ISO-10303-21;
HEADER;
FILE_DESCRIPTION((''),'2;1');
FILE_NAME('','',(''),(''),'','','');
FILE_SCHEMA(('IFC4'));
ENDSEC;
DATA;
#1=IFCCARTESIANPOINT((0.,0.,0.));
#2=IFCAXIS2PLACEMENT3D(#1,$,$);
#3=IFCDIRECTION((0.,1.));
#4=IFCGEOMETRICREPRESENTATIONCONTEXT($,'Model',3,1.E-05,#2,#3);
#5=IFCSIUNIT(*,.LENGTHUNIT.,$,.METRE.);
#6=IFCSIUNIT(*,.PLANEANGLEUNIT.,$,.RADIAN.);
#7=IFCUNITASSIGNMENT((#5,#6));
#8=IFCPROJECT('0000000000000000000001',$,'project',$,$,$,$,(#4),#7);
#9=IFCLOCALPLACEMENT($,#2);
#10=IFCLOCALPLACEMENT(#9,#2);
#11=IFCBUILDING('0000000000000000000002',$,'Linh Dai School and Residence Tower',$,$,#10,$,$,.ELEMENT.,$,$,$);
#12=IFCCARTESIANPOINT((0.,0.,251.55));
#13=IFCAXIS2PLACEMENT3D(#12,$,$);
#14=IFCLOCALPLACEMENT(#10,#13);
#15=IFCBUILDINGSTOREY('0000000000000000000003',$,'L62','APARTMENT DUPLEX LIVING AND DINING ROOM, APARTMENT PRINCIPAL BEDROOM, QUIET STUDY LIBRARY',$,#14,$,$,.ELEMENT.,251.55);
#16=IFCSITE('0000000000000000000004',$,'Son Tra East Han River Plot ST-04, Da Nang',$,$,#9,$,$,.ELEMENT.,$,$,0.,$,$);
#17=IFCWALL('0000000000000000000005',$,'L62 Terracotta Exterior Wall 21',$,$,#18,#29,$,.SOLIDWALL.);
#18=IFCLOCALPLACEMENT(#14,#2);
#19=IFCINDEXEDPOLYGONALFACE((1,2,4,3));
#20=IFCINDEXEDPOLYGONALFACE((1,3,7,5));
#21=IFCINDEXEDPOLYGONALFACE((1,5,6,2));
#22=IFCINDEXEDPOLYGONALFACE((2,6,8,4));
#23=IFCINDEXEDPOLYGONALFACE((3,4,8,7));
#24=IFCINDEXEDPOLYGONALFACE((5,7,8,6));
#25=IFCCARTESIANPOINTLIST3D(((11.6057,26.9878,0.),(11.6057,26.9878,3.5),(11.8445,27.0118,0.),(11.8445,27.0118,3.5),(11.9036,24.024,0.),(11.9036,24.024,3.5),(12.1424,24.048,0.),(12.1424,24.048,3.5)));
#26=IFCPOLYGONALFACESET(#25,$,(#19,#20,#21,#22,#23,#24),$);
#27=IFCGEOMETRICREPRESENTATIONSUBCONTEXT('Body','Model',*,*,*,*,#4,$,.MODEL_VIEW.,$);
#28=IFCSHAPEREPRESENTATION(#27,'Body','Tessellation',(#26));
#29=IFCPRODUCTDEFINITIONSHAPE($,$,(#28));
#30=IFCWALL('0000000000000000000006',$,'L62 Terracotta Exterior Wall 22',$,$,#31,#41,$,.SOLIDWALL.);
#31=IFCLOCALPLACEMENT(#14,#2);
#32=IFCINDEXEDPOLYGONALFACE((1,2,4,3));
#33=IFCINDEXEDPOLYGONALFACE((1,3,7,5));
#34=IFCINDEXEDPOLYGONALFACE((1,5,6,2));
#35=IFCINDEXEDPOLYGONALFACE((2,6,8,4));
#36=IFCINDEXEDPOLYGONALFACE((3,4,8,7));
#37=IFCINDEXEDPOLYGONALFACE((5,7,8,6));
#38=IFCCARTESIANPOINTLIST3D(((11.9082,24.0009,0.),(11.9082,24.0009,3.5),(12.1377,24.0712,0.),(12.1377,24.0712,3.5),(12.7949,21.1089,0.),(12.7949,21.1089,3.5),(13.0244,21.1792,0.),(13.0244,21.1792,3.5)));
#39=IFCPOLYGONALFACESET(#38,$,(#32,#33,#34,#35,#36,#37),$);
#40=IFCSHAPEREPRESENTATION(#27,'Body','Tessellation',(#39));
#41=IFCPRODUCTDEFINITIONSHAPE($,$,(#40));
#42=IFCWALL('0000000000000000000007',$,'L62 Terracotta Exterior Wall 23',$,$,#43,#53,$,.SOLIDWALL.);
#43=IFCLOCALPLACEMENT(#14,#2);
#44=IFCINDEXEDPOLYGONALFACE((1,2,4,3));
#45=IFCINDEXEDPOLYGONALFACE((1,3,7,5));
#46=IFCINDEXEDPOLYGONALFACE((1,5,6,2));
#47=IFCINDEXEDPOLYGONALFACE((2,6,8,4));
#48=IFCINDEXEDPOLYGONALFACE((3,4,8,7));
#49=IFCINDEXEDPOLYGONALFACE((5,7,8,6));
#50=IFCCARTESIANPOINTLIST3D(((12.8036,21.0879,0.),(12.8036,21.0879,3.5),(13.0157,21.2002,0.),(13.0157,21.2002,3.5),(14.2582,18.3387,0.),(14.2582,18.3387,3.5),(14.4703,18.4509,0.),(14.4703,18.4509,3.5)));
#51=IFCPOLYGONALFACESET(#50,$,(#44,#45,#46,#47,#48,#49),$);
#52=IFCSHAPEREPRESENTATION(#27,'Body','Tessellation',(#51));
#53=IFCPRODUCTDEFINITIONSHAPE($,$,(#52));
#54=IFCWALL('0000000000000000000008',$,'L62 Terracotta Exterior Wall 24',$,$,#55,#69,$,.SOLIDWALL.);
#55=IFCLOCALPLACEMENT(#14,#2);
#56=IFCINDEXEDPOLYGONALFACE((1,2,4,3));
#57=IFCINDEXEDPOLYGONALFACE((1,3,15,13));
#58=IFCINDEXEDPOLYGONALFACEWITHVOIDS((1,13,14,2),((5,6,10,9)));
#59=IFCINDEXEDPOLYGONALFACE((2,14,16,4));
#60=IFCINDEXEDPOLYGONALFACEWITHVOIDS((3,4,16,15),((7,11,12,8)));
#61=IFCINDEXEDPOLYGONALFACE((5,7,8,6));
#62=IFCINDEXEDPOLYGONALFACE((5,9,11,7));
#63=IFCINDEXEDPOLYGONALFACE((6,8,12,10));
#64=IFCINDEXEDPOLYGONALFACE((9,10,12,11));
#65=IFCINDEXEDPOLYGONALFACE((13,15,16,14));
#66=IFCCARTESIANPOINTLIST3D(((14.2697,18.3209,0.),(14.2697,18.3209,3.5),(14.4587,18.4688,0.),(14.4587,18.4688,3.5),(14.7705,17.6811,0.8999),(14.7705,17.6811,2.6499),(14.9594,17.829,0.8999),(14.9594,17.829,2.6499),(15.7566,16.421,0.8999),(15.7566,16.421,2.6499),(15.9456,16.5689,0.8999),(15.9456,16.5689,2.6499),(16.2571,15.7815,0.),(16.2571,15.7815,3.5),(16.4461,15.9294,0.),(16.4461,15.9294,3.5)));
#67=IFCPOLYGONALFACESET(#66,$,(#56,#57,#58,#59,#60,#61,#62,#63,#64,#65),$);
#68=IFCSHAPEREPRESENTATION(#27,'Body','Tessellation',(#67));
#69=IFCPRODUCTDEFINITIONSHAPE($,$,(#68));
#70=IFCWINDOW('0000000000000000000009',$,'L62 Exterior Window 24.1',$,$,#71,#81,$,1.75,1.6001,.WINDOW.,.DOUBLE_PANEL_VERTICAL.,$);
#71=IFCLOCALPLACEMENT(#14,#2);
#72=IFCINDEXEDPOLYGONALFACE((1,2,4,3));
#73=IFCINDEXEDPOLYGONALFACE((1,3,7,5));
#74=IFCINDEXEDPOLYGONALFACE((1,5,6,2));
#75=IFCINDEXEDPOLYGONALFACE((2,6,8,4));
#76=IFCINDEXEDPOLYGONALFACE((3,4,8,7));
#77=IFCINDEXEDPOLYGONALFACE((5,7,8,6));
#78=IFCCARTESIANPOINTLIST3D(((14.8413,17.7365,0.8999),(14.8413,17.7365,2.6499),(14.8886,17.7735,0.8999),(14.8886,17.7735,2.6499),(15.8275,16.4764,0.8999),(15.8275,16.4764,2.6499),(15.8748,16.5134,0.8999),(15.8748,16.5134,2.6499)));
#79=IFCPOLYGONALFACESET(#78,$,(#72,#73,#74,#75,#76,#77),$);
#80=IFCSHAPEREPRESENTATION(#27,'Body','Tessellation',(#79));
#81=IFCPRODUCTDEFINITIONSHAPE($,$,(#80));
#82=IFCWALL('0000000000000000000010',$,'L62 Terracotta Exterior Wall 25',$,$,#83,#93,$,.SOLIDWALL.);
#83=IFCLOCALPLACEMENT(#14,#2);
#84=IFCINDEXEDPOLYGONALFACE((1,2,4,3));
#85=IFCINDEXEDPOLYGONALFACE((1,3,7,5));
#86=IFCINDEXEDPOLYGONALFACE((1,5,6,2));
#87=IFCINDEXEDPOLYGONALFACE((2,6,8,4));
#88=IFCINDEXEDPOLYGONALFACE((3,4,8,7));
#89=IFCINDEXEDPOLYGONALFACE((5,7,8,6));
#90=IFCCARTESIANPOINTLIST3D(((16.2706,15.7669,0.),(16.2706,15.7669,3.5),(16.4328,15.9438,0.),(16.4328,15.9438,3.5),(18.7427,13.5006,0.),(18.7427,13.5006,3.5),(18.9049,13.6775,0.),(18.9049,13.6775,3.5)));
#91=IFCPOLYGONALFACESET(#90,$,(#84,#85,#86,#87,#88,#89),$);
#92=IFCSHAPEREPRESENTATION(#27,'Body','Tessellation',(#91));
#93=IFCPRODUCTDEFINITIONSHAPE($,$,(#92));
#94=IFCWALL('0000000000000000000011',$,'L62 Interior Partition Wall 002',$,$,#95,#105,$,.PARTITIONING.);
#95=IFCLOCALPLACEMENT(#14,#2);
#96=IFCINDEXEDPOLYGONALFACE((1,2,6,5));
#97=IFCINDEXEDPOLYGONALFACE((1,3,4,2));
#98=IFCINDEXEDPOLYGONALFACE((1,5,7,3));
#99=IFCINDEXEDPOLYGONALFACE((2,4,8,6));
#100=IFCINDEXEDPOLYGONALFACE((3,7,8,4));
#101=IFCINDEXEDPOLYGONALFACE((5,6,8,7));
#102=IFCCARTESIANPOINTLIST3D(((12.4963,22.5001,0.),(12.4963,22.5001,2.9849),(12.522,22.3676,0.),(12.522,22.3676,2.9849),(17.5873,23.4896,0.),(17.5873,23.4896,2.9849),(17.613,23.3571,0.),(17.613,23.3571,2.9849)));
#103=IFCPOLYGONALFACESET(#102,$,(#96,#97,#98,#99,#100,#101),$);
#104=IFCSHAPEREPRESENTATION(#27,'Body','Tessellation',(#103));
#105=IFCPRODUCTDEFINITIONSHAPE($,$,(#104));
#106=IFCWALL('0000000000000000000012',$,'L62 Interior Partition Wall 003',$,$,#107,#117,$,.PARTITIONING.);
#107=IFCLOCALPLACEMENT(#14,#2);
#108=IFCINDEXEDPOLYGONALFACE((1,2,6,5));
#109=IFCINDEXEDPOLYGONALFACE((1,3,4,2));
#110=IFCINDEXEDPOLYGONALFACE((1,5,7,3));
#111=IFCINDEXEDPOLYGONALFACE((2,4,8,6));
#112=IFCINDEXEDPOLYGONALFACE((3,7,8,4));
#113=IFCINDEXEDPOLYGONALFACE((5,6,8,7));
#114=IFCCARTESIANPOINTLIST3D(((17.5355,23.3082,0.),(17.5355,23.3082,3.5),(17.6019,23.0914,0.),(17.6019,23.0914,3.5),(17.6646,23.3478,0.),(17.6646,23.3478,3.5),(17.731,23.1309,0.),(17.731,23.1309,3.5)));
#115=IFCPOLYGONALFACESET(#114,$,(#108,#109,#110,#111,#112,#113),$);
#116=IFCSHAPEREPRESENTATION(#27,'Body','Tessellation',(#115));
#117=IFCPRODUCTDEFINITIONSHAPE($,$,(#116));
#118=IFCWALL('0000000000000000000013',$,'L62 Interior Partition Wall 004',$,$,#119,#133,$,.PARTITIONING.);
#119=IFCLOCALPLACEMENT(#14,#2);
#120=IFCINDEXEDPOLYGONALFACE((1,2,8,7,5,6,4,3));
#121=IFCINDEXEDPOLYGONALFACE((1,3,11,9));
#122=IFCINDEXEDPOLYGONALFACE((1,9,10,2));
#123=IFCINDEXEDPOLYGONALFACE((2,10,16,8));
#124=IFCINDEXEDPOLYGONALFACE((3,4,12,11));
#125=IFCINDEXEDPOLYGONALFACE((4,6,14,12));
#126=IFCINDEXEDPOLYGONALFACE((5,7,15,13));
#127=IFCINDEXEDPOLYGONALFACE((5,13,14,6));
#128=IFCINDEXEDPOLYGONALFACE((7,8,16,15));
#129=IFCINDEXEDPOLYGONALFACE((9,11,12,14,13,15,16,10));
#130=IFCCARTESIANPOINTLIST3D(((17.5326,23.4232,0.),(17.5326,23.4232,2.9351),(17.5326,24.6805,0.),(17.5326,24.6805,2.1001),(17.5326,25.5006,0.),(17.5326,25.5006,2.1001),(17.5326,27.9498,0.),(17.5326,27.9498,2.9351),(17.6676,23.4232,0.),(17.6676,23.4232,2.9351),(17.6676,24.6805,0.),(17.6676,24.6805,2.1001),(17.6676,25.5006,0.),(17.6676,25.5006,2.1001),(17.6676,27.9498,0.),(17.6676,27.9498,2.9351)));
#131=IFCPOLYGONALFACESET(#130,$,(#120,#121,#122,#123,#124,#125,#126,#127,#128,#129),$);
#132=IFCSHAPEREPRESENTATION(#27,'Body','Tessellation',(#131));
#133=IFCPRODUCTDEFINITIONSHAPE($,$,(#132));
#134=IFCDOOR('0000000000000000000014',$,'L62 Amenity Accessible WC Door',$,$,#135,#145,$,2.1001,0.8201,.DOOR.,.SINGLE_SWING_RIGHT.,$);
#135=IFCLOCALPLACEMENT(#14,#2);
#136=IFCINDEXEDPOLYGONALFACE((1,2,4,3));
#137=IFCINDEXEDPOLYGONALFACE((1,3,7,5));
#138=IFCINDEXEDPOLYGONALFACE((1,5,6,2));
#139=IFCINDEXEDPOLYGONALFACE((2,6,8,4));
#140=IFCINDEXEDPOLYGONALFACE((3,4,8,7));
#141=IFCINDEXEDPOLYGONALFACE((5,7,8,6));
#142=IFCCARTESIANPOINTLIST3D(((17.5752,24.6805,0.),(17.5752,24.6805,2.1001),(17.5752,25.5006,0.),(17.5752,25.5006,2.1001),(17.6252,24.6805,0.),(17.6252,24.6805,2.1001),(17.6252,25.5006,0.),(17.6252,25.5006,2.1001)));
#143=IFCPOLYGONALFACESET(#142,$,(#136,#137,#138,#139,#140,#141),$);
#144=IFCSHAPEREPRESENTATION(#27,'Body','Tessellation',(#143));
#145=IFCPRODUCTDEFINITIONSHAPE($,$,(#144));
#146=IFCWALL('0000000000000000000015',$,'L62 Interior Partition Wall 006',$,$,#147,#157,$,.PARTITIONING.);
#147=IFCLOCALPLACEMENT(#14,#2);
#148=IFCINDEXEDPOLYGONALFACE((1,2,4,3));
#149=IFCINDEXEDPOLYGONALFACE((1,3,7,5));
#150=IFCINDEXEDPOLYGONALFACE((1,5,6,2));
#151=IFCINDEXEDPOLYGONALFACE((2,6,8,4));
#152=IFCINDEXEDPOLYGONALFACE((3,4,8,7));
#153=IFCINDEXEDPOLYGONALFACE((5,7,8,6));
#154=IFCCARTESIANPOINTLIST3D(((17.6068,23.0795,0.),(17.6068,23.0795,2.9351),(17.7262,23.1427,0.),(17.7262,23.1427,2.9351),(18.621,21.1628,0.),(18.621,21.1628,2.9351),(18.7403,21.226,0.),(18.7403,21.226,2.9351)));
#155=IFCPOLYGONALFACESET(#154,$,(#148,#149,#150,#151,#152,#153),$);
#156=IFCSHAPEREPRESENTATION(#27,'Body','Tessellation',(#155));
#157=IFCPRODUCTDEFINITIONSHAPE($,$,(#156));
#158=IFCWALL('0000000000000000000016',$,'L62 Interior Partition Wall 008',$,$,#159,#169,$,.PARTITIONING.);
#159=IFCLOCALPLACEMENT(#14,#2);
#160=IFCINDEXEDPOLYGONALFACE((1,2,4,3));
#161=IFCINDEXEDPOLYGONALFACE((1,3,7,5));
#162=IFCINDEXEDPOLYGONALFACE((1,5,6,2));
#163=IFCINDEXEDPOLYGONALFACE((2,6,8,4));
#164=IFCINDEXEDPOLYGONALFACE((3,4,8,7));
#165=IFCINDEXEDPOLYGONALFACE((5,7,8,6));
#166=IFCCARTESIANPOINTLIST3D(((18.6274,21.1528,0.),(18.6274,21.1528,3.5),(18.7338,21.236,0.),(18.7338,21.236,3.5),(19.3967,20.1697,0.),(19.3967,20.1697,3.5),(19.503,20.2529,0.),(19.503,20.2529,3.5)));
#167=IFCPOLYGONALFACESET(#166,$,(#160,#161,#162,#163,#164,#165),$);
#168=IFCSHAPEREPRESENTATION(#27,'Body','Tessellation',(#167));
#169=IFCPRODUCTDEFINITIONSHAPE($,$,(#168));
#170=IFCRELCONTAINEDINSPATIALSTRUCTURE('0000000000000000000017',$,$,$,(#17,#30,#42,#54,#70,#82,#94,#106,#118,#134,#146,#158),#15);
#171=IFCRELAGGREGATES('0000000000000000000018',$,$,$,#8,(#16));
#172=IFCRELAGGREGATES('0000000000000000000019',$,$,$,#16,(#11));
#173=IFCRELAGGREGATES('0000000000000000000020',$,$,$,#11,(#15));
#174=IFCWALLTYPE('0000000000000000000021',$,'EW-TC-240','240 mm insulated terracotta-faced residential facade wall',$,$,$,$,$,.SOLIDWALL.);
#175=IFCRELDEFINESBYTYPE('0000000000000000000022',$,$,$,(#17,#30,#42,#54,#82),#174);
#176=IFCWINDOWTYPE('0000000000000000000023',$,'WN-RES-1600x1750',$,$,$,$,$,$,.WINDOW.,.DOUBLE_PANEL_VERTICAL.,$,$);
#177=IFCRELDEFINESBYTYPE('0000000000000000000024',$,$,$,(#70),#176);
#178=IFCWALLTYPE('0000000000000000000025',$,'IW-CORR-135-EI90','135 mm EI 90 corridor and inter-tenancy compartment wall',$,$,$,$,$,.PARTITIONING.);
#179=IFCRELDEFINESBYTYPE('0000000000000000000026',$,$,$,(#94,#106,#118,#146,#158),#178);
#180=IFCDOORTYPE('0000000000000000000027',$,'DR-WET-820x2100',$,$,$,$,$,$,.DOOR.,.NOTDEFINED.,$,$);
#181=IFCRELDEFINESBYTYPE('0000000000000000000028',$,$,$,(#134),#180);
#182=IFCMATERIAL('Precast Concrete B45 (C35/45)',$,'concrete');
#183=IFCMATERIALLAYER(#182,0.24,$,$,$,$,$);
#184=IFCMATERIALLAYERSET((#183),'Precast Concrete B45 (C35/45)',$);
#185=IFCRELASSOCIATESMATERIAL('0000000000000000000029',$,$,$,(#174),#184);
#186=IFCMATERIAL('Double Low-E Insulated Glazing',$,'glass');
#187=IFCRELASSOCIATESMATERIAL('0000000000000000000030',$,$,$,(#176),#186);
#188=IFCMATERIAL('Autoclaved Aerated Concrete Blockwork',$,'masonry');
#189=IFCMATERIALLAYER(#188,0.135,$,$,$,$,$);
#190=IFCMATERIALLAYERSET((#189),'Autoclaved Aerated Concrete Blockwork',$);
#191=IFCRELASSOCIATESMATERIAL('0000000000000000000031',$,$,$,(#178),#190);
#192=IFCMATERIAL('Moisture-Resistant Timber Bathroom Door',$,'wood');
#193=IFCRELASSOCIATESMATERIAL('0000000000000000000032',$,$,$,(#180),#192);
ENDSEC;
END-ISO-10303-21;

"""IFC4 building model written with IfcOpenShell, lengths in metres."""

from ifc_helpers import new_model, si_unit, direction, frame, frame_2d, origin, origin_2d, place, context, subcontext, project, spatial, rectangle, extrude, source, transform, mapped, material, layer, layer_set, type_object, element, fill, save


model = new_model("IFC4")

# Units and contexts
model_context = context("Model", 3, precision=1e-05, world=origin(), true_north=direction((0.0, 1.0)))
body_context = subcontext(model_context, "Body", "Model", "MODEL_VIEW")
ifc_project = project(units=[si_unit("LENGTHUNIT", "METRE"), si_unit("PLANEANGLEUNIT", "RADIAN")], contexts=[model_context])

# Site, building, storey
site_placement = place(None, origin())
site = spatial("IfcSite", under=ifc_project, at=site_placement, Name="Son Tra East Han River Plot ST-04, Da Nang", CompositionType="ELEMENT", RefElevation=0.0)
building_placement = place(site_placement, origin())
building = spatial("IfcBuilding", under=site, at=building_placement, Name="Linh Dai School and Residence Tower", CompositionType="ELEMENT")
storey_placement = place(building_placement, frame((0.0, 0.0, 251.55)))
storey = spatial("IfcBuildingStorey", under=building, at=storey_placement, Name="L62", Description="APARTMENT DUPLEX LIVING AND DINING ROOM, APARTMENT PRINCIPAL BEDROOM, QUIET STUDY LIBRARY", CompositionType="ELEMENT", Elevation=251.55)

# Shared definitions
ifc_material_1 = material(Name="Precast Concrete B45 (C35/45)", Category="concrete")

# Walls
ifc_layer_1 = layer(ifc_material_1, 0.24)
ifc_layer_set_1 = layer_set([ifc_layer_1], Name="Precast Concrete B45 (C35/45)")
wall_type_1 = type_object("IfcWallType", Name="EW-TC-240", Description="240 mm insulated terracotta-faced residential facade wall", PredefinedType="SOLIDWALL", material=ifc_layer_set_1)
wall_1_placement = place(storey_placement, frame((12.0229, 24.0361, 0.0), z_axis=(0.0, 0.0, 1.0), x_axis=(-0.099991, 0.994988, 0.0)))
element("IfcWall", 1, at=wall_1_placement, inside=storey, type_object=wall_type_1, Name="L62 Terracotta Exterior Wall 21", PredefinedType="SOLIDWALL", context=body_context, shape_type="SweptSolid", body=[
    extrude(rectangle(XDim=2.9788, YDim=0.24, at=frame_2d((1.4893, 0.0))), origin(), (0.0, 0.0, 1.0), 3.5),
])
wall_2_placement = place(storey_placement, frame((12.9097, 21.144, 0.0), z_axis=(0.0, 0.0, 1.0), x_axis=(-0.293133, 0.956072, 0.0)))
element("IfcWall", 2, at=wall_2_placement, inside=storey, type_object=wall_type_1, Name="L62 Terracotta Exterior Wall 22", PredefinedType="SOLIDWALL", context=body_context, shape_type="SweptSolid", body=[
    extrude(rectangle(XDim=3.0249, YDim=0.24, at=frame_2d((1.5125, 0.0))), origin(), (0.0, 0.0, 1.0), 3.5),
])
wall_3_placement = place(storey_placement, frame((14.3643, 18.3948, 0.0), z_axis=(0.0, 0.0, 1.0), x_axis=(-0.46766, 0.883908, 0.0)))
element("IfcWall", 3, at=wall_3_placement, inside=storey, type_object=wall_type_1, Name="L62 Terracotta Exterior Wall 23", PredefinedType="SOLIDWALL", context=body_context, shape_type="SweptSolid", body=[
    extrude(rectangle(XDim=3.1104, YDim=0.24, at=frame_2d((1.5552, 0.0))), origin(), (0.0, 0.0, 1.0), 3.5),
])

# Wall, opening, window
wall_4_placement = place(storey_placement, frame((16.3516, 15.8555, 0.0), z_axis=(0.0, 0.0, 1.0), x_axis=(-0.616312, 0.787502, 0.0)))
wall_4 = element("IfcWall", 4, at=wall_4_placement, inside=storey, type_object=wall_type_1, Name="L62 Terracotta Exterior Wall 24", PredefinedType="SOLIDWALL", context=body_context, shape_type="SweptSolid", body=[
    extrude(rectangle(XDim=3.2246, YDim=0.24, at=frame_2d((1.6123, 0.0))), origin(), (0.0, 0.0, 1.0), 3.5),
])
opening_1_placement = place(wall_4_placement, frame((0.812, 0.0, 0.8999)))
opening_1 = element("IfcOpeningElement", 5, at=opening_1_placement, cuts=wall_4, PredefinedType="OPENING", context=body_context, shape_type="SweptSolid", body=[
    extrude(rectangle(XDim=1.6001, YDim=1.75, at=origin_2d()), frame((0.8, 0.1299, 0.875), z_axis=(0.0, -1.0, 0.0), x_axis=(1.0, 0.0, 0.0)), (0.0, 0.0, 1.0), 0.26),
])
ifc_material_2 = material(Name="Double Low-E Insulated Glazing", Category="glass")
window_type = type_object("IfcWindowType", Name="WN-RES-1600x1750", PartitioningType="DOUBLE_PANEL_VERTICAL", PredefinedType="WINDOW", material=ifc_material_2)
shared_shape_1 = source(origin(), body_context, "Body", "SweptSolid", [
    extrude(rectangle(XDim=1.6001, YDim=1.75, at=origin_2d()), frame((0.8, 0.03, 0.875), z_axis=(0.0, -1.0, 0.0), x_axis=(1.0, 0.0, 0.0)), (0.0, 0.0, 1.0), 0.0601),
])
window_placement = place(opening_1_placement, origin())
window = element("IfcWindow", 6, at=window_placement, inside=storey, type_object=window_type, Name="L62 Exterior Window 24.1", OverallHeight=1.75, OverallWidth=1.6001, PartitioningType="DOUBLE_PANEL_VERTICAL", PredefinedType="WINDOW", context=body_context, shape_type="MappedRepresentation", body=[
    mapped(shared_shape_1, transform((0.0, 0.0, 0.0), x_axis=(1.0, 0.0, 0.0), y_axis=(0.0, 1.0, 0.0), z_axis=(0.0, 0.0, 1.0), scale=1.0)),
])
fill(opening_1, window)

# Walls
wall_5_placement = place(storey_placement, frame((18.8237, 13.5891, 0.0), z_axis=(0.0, 0.0, 1.0), x_axis=(-0.737124, 0.675758, 0.0)))
element("IfcWall", 7, at=wall_5_placement, inside=storey, type_object=wall_type_1, Name="L62 Terracotta Exterior Wall 25", PredefinedType="SOLIDWALL", context=body_context, shape_type="SweptSolid", body=[
    extrude(rectangle(XDim=3.3538, YDim=0.24, at=frame_2d((1.6768, 0.0))), origin(), (0.0, 0.0, 1.0), 3.5),
])
ifc_material_3 = material(Name="Autoclaved Aerated Concrete Blockwork", Category="masonry")
ifc_layer_2 = layer(ifc_material_3, 0.135)
ifc_layer_set_2 = layer_set([ifc_layer_2], Name="Autoclaved Aerated Concrete Blockwork")
wall_type_2 = type_object("IfcWallType", Name="IW-CORR-135-EI90", Description="135 mm EI 90 corridor and inter-tenancy compartment wall", PredefinedType="PARTITIONING", material=ifc_layer_set_2)
wall_6_placement = place(storey_placement, frame((12.509, 22.4338, 0.0), z_axis=(0.0, 0.0, 1.0), x_axis=(0.981631, 0.19079, 0.0)))
element("IfcWall", 8, at=wall_6_placement, inside=storey, type_object=wall_type_2, Name="L62 Interior Partition Wall 002", PredefinedType="PARTITIONING", context=body_context, shape_type="SweptSolid", body=[
    extrude(rectangle(XDim=5.1863, YDim=0.135, at=frame_2d((2.5933, 0.0))), origin(), (0.0, 0.0, 1.0), 2.9849),
])
wall_7_placement = place(storey_placement, frame((17.6001, 23.3279, 0.0), z_axis=(0.0, 0.0, 1.0), x_axis=(0.292875, -0.956151, 0.0)))
element("IfcWall", 9, at=wall_7_placement, inside=storey, type_object=wall_type_2, Name="L62 Interior Partition Wall 003", PredefinedType="PARTITIONING", context=body_context, shape_type="SweptSolid", body=[
    extrude(rectangle(XDim=0.2268, YDim=0.135, at=frame_2d((0.1133, 0.0))), origin(), (0.0, 0.0, 1.0), 3.5),
])

# Wall, opening, door
wall_8_placement = place(storey_placement, frame((17.6001, 23.4233, 0.0), z_axis=(0.0, 0.0, 1.0), x_axis=(0.0, 1.0, 0.0)))
wall_8 = element("IfcWall", 10, at=wall_8_placement, inside=storey, type_object=wall_type_2, Name="L62 Interior Partition Wall 004", PredefinedType="PARTITIONING", context=body_context, shape_type="SweptSolid", body=[
    extrude(rectangle(XDim=4.5266, YDim=0.135, at=frame_2d((2.2632, 0.0))), origin(), (0.0, 0.0, 1.0), 2.9351),
])
opening_2_placement = place(wall_8_placement, frame((1.2571, 0.0, 0.0)))
opening_2 = element("IfcOpeningElement", 11, at=opening_2_placement, cuts=wall_8, PredefinedType="OPENING", context=body_context, shape_type="SweptSolid", body=[
    extrude(rectangle(XDim=0.8201, YDim=2.1001, at=origin_2d()), frame((0.4102, 0.0776, 1.05), z_axis=(0.0, -1.0, 0.0), x_axis=(1.0, 0.0, 0.0)), (0.0, 0.0, 1.0), 0.155),
])
ifc_material_4 = material(Name="Moisture-Resistant Timber Bathroom Door", Category="wood")
door_type = type_object("IfcDoorType", Name="DR-WET-820x2100", OperationType="NOTDEFINED", PredefinedType="DOOR", material=ifc_material_4)
shared_shape_2 = source(origin(), body_context, "Body", "SweptSolid", [
    extrude(rectangle(XDim=0.8201, YDim=2.1001, at=origin_2d()), frame((0.4102, 0.0249, 1.05), z_axis=(0.0, -1.0, 0.0), x_axis=(1.0, 0.0, 0.0)), (0.0, 0.0, 1.0), 0.05),
])
door_placement = place(opening_2_placement, origin())
door = element("IfcDoor", 12, at=door_placement, inside=storey, type_object=door_type, Name="L62 Amenity Accessible WC Door", OperationType="SINGLE_SWING_RIGHT", OverallHeight=2.1001, OverallWidth=0.8201, PredefinedType="DOOR", context=body_context, shape_type="MappedRepresentation", body=[
    mapped(shared_shape_2, transform((0.0, 0.0, 0.0), x_axis=(1.0, 0.0, 0.0), y_axis=(0.0, 1.0, 0.0), z_axis=(0.0, 0.0, 1.0), scale=1.0)),
])
fill(opening_2, door)

# Walls
wall_9_placement = place(storey_placement, frame((17.6665, 23.1111, 0.0), z_axis=(0.0, 0.0, 1.0), x_axis=(0.467676, -0.8839, 0.0)))
element("IfcWall", 13, at=wall_9_placement, inside=storey, type_object=wall_type_2, Name="L62 Interior Partition Wall 006", PredefinedType="PARTITIONING", context=body_context, shape_type="SweptSolid", body=[
    extrude(rectangle(XDim=2.1685, YDim=0.135, at=frame_2d((1.0842, 0.0))), origin(), (0.0, 0.0, 1.0), 2.9351),
])
wall_10_placement = place(storey_placement, frame((18.6807, 21.1943, 0.0), z_axis=(0.0, 0.0, 1.0), x_axis=(0.61624, -0.787559, 0.0)))
element("IfcWall", 14, at=wall_10_placement, inside=storey, type_object=wall_type_2, Name="L62 Interior Partition Wall 008", PredefinedType="PARTITIONING", context=body_context, shape_type="SweptSolid", body=[
    extrude(rectangle(XDim=1.2483, YDim=0.135, at=frame_2d((0.624, 0.0))), origin(), (0.0, 0.0, 1.0), 3.5),
])

save(model, "model.ifc")
